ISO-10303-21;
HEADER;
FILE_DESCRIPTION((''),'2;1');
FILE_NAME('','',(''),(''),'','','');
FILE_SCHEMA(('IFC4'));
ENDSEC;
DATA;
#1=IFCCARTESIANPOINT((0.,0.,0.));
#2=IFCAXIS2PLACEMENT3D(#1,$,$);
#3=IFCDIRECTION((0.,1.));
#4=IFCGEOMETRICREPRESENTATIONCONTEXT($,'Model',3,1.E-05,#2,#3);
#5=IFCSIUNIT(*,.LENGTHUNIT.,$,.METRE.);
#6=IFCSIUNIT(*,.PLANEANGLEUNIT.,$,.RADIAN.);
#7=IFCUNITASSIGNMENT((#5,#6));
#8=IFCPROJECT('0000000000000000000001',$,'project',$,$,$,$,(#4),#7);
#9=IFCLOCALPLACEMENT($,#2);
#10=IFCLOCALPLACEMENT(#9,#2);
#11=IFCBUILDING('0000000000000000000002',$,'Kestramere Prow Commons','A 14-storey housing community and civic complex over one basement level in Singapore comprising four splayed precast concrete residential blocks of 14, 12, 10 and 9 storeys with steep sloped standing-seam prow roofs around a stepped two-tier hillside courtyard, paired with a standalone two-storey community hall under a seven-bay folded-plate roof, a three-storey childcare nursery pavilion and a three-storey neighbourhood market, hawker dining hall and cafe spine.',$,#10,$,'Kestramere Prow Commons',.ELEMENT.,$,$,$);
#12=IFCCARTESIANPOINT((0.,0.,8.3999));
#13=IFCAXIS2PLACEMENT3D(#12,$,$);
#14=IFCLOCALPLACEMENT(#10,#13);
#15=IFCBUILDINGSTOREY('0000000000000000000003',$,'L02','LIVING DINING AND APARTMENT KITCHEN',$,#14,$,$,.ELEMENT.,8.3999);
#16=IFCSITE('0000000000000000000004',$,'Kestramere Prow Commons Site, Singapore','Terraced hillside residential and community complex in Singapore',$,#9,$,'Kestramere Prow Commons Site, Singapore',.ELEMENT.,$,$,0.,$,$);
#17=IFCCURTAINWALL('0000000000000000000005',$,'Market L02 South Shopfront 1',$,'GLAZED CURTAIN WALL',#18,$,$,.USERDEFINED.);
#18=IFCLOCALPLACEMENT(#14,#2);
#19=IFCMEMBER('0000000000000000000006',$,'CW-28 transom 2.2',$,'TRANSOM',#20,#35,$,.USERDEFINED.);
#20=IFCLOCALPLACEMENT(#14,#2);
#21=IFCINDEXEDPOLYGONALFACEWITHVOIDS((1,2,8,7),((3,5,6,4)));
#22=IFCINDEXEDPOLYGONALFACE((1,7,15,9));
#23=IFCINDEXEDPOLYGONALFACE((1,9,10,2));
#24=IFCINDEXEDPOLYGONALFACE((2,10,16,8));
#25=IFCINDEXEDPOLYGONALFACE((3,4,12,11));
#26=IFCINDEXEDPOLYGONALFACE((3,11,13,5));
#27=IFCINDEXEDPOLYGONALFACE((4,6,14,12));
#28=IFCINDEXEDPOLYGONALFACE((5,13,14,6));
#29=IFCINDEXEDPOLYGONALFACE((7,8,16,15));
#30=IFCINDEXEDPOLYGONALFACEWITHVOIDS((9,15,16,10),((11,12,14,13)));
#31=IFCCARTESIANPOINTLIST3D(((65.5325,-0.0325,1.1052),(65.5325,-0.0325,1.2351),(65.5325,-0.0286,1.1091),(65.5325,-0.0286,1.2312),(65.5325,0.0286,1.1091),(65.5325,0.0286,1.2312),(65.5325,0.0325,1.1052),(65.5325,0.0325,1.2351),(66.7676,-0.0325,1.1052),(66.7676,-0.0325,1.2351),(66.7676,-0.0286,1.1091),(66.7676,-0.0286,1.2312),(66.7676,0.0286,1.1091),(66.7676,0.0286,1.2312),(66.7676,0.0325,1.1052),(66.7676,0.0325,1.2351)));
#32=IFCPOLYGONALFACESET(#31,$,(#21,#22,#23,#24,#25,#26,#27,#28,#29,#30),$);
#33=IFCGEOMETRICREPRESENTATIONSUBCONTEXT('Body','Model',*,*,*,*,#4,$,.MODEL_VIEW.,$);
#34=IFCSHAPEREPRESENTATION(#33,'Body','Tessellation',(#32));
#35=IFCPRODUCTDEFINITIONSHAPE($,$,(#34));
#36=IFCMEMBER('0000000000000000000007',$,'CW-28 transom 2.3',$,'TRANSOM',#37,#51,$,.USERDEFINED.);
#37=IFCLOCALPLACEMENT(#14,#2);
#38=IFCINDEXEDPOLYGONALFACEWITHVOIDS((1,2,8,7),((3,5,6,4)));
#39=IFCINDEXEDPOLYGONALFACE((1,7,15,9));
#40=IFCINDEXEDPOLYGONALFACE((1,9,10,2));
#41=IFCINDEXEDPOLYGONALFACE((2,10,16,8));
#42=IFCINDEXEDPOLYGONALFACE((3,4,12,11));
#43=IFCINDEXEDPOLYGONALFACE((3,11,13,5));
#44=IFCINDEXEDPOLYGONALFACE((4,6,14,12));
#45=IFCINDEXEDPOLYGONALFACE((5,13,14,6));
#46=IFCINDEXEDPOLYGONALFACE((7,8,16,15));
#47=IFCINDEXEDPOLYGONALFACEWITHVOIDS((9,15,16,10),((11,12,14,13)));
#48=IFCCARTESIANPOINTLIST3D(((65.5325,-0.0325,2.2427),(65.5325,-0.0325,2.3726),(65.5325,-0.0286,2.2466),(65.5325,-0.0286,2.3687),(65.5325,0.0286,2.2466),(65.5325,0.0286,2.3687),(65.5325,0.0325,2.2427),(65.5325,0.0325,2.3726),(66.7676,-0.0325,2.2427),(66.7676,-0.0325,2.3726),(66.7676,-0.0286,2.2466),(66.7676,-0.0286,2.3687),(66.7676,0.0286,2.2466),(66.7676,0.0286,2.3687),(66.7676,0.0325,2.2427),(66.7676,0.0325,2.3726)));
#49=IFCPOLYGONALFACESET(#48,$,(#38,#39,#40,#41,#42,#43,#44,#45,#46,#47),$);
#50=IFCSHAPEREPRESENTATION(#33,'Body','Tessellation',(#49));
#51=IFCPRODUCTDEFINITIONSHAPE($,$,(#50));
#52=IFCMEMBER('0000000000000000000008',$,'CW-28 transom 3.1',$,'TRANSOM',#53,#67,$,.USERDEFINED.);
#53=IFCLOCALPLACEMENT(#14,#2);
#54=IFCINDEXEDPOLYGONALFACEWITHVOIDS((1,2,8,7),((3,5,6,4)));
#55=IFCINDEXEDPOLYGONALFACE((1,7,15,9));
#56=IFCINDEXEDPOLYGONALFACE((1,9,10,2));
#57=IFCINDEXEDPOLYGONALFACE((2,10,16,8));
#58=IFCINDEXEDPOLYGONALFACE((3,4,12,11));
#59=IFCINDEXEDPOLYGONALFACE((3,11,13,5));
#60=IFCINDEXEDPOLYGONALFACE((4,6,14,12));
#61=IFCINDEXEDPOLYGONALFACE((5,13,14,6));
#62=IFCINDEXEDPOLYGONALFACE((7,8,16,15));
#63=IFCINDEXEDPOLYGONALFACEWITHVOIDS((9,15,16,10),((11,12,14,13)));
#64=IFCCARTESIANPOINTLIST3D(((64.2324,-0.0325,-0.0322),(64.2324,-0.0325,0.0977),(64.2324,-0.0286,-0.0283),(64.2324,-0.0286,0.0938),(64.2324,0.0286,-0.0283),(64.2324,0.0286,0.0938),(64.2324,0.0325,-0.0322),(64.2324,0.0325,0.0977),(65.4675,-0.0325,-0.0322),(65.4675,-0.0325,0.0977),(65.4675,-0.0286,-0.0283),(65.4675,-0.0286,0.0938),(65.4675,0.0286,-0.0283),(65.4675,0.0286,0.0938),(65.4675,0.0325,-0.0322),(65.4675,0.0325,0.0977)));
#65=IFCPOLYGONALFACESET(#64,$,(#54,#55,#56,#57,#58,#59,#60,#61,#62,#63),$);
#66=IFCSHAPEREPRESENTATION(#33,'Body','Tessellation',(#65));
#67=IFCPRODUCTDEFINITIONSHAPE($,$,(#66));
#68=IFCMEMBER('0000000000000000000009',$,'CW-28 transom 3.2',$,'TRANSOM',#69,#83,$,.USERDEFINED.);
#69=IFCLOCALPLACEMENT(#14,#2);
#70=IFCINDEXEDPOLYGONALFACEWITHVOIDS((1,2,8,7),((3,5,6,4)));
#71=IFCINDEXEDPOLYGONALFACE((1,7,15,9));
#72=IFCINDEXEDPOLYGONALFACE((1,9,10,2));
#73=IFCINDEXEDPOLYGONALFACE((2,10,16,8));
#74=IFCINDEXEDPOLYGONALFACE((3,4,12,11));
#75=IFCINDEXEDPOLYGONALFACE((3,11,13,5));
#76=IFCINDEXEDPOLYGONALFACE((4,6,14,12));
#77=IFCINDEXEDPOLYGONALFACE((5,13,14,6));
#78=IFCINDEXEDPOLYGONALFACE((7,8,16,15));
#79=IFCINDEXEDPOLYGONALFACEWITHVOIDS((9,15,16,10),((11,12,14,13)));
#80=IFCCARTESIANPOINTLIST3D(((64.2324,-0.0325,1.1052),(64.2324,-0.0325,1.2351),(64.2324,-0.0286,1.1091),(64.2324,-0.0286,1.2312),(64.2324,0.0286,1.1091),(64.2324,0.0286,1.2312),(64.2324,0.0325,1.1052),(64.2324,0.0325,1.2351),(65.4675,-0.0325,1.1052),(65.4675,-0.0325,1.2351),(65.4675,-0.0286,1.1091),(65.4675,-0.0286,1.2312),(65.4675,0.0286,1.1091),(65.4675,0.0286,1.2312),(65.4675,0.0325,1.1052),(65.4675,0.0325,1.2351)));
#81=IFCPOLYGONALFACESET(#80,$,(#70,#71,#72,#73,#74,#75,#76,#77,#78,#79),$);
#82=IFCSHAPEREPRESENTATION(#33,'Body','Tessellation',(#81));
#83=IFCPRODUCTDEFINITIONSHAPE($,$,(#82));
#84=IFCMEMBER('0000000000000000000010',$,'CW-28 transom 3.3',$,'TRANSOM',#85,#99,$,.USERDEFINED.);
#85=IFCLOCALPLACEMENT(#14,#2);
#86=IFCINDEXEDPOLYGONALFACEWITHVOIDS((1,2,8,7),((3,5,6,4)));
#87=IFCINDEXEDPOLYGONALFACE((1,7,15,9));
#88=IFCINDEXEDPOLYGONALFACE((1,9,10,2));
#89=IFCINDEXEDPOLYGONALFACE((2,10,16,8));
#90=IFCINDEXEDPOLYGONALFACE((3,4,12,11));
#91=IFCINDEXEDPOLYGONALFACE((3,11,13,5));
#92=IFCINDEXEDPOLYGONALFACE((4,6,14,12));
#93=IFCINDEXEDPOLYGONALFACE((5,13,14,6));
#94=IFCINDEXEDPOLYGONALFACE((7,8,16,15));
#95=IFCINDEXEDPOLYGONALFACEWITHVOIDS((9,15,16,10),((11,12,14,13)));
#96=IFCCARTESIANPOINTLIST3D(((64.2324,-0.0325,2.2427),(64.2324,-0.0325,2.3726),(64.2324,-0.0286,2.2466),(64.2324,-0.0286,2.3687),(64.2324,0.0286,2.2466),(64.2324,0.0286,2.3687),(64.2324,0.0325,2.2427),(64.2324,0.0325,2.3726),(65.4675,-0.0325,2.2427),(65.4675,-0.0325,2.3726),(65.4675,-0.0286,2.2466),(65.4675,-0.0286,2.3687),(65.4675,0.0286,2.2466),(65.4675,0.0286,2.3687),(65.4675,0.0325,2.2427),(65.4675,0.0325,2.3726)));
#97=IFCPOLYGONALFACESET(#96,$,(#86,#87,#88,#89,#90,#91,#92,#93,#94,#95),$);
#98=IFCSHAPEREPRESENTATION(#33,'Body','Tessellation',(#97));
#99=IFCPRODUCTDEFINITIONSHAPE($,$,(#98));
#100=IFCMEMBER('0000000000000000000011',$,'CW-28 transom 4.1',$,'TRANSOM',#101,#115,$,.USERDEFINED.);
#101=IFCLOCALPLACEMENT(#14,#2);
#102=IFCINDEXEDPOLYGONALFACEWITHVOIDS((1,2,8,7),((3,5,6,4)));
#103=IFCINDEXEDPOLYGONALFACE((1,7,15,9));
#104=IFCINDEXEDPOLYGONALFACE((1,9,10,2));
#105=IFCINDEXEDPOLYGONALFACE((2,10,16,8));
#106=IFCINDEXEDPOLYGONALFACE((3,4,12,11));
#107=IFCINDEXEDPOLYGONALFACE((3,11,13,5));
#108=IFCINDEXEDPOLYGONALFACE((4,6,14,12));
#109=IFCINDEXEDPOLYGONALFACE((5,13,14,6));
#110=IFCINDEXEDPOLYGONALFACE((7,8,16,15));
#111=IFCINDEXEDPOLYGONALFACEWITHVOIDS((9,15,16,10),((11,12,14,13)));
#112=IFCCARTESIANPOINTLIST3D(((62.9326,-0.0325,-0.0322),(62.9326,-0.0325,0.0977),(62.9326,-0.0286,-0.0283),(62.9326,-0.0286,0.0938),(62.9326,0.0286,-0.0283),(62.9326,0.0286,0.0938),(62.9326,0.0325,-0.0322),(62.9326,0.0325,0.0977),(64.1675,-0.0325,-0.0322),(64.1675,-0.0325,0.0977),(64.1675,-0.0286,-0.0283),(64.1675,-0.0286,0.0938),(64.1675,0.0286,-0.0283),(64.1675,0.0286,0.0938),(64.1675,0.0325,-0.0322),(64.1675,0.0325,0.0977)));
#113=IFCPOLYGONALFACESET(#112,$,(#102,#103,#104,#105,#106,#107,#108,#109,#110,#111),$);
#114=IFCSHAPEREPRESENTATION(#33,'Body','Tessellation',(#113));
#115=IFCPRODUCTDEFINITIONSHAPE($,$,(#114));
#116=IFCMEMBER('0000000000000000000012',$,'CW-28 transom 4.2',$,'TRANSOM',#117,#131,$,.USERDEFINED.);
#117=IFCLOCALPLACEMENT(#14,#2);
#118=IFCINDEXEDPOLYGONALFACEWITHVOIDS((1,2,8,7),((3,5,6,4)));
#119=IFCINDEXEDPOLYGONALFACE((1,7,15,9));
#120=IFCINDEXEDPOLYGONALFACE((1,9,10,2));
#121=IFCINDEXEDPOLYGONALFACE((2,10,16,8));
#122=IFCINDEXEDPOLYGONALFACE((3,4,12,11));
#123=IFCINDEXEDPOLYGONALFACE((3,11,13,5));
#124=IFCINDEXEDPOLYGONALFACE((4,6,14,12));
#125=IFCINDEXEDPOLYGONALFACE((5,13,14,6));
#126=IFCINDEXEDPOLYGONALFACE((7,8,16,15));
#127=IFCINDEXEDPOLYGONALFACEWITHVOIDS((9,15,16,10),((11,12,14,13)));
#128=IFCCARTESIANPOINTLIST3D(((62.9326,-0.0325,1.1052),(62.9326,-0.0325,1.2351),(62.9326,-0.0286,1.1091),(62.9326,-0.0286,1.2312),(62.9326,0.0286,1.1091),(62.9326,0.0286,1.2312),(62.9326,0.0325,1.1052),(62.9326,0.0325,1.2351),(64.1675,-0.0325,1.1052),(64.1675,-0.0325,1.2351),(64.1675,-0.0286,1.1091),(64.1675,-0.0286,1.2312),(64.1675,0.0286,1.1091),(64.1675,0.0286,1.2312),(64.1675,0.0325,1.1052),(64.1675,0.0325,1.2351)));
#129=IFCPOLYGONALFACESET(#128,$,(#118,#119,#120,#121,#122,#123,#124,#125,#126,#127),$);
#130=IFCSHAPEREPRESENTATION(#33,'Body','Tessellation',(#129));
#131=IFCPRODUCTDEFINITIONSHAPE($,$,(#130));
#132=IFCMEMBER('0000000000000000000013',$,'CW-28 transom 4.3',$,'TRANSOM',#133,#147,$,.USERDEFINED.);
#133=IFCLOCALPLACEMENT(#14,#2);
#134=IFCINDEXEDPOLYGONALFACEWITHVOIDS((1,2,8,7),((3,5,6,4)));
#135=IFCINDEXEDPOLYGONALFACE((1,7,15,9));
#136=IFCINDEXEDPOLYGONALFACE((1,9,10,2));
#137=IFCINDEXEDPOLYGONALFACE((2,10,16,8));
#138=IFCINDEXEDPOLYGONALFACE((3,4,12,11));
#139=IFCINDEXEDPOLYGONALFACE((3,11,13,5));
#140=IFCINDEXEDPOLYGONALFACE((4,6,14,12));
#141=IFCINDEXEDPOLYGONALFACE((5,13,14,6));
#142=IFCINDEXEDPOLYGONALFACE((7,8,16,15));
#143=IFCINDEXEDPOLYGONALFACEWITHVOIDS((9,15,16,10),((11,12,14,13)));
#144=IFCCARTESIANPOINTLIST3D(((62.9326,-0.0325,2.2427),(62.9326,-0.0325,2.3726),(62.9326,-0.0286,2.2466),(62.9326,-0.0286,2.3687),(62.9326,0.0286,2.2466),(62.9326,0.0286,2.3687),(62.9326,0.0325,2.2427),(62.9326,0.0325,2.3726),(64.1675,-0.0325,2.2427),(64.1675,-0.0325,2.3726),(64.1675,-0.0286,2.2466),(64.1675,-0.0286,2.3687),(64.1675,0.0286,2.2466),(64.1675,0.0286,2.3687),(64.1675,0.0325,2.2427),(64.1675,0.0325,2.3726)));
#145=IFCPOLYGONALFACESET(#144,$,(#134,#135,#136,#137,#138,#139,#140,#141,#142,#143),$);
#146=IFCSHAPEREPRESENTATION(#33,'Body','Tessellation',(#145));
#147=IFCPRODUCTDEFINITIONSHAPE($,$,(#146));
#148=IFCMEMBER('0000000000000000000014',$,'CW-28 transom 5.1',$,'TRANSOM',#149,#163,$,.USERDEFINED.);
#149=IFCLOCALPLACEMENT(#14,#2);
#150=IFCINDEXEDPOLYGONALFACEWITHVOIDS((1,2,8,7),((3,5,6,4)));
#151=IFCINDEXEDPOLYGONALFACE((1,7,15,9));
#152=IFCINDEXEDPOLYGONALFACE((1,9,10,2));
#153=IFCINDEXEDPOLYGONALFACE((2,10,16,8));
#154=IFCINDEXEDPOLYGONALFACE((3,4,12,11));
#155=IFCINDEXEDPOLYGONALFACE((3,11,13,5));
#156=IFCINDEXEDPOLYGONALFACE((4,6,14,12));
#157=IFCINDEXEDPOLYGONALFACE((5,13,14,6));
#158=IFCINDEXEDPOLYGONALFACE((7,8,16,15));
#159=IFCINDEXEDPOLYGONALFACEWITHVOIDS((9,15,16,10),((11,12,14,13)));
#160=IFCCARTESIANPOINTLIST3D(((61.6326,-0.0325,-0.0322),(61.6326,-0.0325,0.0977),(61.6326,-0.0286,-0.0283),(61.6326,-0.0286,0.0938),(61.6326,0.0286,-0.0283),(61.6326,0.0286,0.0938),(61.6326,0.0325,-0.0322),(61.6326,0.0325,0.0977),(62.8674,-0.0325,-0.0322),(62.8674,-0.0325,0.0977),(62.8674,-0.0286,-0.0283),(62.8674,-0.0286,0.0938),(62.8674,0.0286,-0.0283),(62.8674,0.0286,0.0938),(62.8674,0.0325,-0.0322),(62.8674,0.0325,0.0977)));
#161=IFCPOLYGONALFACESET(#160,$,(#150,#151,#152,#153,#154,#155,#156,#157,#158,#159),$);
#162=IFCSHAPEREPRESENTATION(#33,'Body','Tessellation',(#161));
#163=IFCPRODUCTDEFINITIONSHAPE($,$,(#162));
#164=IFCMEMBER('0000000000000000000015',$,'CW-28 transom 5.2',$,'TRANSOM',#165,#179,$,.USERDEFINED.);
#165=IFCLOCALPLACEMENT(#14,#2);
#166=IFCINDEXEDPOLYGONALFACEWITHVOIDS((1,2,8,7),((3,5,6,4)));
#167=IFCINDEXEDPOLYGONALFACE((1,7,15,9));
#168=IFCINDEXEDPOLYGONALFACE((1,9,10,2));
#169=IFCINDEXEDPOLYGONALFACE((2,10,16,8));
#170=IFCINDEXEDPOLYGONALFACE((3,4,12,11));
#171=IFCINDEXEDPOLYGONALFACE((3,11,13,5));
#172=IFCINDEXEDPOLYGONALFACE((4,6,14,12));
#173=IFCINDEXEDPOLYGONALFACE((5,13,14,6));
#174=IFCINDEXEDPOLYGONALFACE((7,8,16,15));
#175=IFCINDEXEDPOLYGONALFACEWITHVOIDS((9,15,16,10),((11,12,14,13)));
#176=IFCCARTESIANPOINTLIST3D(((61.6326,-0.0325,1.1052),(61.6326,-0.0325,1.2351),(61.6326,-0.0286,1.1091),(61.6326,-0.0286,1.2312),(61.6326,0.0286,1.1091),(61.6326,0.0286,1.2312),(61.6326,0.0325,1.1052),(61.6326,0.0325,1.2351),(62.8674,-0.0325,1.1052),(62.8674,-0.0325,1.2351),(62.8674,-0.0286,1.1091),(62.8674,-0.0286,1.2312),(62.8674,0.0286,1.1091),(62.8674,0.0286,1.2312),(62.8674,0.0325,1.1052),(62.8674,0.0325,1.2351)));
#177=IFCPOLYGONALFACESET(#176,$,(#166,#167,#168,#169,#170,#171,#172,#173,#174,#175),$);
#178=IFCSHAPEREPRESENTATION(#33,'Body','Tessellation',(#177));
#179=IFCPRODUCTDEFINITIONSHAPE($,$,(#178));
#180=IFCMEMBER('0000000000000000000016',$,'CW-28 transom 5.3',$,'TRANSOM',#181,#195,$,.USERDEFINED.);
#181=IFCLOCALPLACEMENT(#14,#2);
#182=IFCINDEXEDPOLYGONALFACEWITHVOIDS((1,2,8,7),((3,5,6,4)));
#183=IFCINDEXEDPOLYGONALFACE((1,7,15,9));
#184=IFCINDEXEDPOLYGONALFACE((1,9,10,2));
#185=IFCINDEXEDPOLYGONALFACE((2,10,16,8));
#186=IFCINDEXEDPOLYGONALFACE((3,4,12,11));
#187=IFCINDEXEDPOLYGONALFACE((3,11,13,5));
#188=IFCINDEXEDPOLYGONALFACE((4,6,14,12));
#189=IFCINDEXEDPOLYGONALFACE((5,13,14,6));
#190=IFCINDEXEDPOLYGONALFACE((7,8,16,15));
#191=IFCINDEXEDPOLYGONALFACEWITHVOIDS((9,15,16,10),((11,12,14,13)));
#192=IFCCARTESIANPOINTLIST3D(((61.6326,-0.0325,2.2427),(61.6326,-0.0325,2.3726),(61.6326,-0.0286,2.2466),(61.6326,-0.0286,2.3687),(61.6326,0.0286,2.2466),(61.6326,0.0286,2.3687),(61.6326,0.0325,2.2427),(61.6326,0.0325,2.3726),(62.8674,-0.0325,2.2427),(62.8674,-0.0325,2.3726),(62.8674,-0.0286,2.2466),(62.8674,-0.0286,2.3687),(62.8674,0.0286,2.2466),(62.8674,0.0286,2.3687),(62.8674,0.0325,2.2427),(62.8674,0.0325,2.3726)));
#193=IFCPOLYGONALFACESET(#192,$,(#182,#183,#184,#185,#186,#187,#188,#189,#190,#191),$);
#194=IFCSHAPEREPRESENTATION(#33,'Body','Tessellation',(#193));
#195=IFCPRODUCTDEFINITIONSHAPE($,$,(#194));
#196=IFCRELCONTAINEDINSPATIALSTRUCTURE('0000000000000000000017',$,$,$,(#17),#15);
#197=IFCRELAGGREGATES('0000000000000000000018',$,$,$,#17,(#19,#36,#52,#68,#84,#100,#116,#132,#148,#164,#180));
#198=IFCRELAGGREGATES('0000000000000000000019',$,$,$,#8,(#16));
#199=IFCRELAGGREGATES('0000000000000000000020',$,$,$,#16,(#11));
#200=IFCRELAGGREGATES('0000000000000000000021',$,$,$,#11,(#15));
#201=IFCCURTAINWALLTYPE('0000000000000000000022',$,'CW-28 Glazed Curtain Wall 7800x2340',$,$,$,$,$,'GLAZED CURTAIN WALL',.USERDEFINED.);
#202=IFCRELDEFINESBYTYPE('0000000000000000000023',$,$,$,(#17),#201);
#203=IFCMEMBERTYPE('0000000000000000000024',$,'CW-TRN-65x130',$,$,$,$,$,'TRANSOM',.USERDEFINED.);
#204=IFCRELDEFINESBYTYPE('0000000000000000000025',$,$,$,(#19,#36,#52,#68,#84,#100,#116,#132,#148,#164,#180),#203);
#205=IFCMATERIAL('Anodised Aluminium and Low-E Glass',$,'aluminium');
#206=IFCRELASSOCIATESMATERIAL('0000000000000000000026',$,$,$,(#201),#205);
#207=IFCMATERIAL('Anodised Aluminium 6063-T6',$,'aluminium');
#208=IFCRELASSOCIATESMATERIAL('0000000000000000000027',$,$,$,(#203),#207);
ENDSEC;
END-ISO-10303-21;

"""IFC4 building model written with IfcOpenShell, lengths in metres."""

from ifc_helpers import new_model, si_unit, direction, frame, origin, origin_2d, place, context, subcontext, project, spatial, hollow_rectangle, extrude, material, material_profile, profile_set, type_object, element, aggregate, save


model = new_model("IFC4")

# Units and contexts
model_context = context("Model", 3, precision=1e-05, world=origin(), true_north=direction((0.0, 1.0)))
body_context = subcontext(model_context, "Body", "Model", "MODEL_VIEW")
ifc_project = project(units=[si_unit("LENGTHUNIT", "METRE"), si_unit("PLANEANGLEUNIT", "RADIAN")], contexts=[model_context])

# Site, building, storey
site_placement = place(None, origin())
site = spatial("IfcSite", under=ifc_project, at=site_placement, Name="Kestramere Prow Commons Site, Singapore", Description="Terraced hillside residential and community complex in Singapore", LongName="Kestramere Prow Commons Site, Singapore", CompositionType="ELEMENT", RefElevation=0.0)
building_placement = place(site_placement, origin())
building = spatial("IfcBuilding", under=site, at=building_placement, Name="Kestramere Prow Commons", Description="A 14-storey housing community and civic complex over one basement level in Singapore comprising four splayed precast concrete residential blocks of 14, 12, 10 and 9 storeys with steep sloped standing-seam prow roofs around a stepped two-tier hillside courtyard, paired with a standalone two-storey community hall under a seven-bay folded-plate roof, a three-storey childcare nursery pavilion and a three-storey neighbourhood market, hawker dining hall and cafe spine.", LongName="Kestramere Prow Commons", CompositionType="ELEMENT")
storey_placement = place(building_placement, frame((0.0, 0.0, 8.3999)))
storey = spatial("IfcBuildingStorey", under=building, at=storey_placement, Name="L02", Description="LIVING DINING AND APARTMENT KITCHEN", CompositionType="ELEMENT", Elevation=8.3999)

# Curtain wall, members
ifc_material_1 = material(Name="Anodised Aluminium and Low-E Glass", Category="aluminium")
curtain_wall_type = type_object("IfcCurtainWallType", Name="CW-28 Glazed Curtain Wall 7800x2340", ElementType="GLAZED CURTAIN WALL", PredefinedType="USERDEFINED", material=ifc_material_1)
curtain_wall_placement = place(storey_placement, origin())
curtain_wall = element("IfcCurtainWall", 1, at=curtain_wall_placement, inside=storey, type_object=curtain_wall_type, Name="Market L02 South Shopfront 1", ObjectType="GLAZED CURTAIN WALL", PredefinedType="USERDEFINED")
ifc_material_2 = material(Name="Anodised Aluminium 6063-T6", Category="aluminium")
ifc_material_profile_1 = material_profile(ifc_material_2, hollow_rectangle(XDim=0.0649, YDim=0.1299, WallThickness=0.0039, at=origin_2d()), Name="ALU-TRN 65x130")
ifc_profile_set_1 = profile_set([ifc_material_profile_1], Name="Anodised Aluminium 6063-T6")
member_type_1 = type_object("IfcMemberType", Name="CW-TRN-65x130", ElementType="TRANSOM", PredefinedType="USERDEFINED", material=ifc_profile_set_1)
member_1_placement = place(storey_placement, frame((66.7676, 0.0, 1.1702), z_axis=(-1.0, 0.0, 0.0), x_axis=(0.0, -1.0, 0.0)))
member_1 = element("IfcMember", 2, at=member_1_placement, type_object=member_type_1, Name="CW-28 transom 2.2", ObjectType="TRANSOM", PredefinedType="USERDEFINED", context=body_context, shape_type="SweptSolid", body=[
    extrude(hollow_rectangle(XDim=0.0649, YDim=0.1299, WallThickness=0.0039, at=origin_2d()), origin(), (0.0, 0.0, 1.0), 1.2351),
])
member_2_placement = place(storey_placement, frame((66.7676, 0.0, 2.3076), z_axis=(-1.0, 0.0, 0.0), x_axis=(0.0, -1.0, 0.0)))
member_2 = element("IfcMember", 3, at=member_2_placement, type_object=member_type_1, Name="CW-28 transom 2.3", ObjectType="TRANSOM", PredefinedType="USERDEFINED", context=body_context, shape_type="SweptSolid", body=[
    extrude(hollow_rectangle(XDim=0.0649, YDim=0.1299, WallThickness=0.0039, at=origin_2d()), origin(), (0.0, 0.0, 1.0), 1.2351),
])
member_3_placement = place(storey_placement, frame((65.4675, 0.0, 0.0327), z_axis=(-1.0, 0.0, 0.0), x_axis=(0.0, -1.0, 0.0)))
member_3 = element("IfcMember", 4, at=member_3_placement, type_object=member_type_1, Name="CW-28 transom 3.1", ObjectType="TRANSOM", PredefinedType="USERDEFINED", context=body_context, shape_type="SweptSolid", body=[
    extrude(hollow_rectangle(XDim=0.0649, YDim=0.1299, WallThickness=0.0039, at=origin_2d()), origin(), (0.0, 0.0, 1.0), 1.2351),
])
member_4_placement = place(storey_placement, frame((65.4675, 0.0, 1.1702), z_axis=(-1.0, 0.0, 0.0), x_axis=(0.0, -1.0, 0.0)))
member_4 = element("IfcMember", 5, at=member_4_placement, type_object=member_type_1, Name="CW-28 transom 3.2", ObjectType="TRANSOM", PredefinedType="USERDEFINED", context=body_context, shape_type="SweptSolid", body=[
    extrude(hollow_rectangle(XDim=0.0649, YDim=0.1299, WallThickness=0.0039, at=origin_2d()), origin(), (0.0, 0.0, 1.0), 1.2351),
])
member_5_placement = place(storey_placement, frame((65.4675, 0.0, 2.3076), z_axis=(-1.0, 0.0, 0.0), x_axis=(0.0, -1.0, 0.0)))
member_5 = element("IfcMember", 6, at=member_5_placement, type_object=member_type_1, Name="CW-28 transom 3.3", ObjectType="TRANSOM", PredefinedType="USERDEFINED", context=body_context, shape_type="SweptSolid", body=[
    extrude(hollow_rectangle(XDim=0.0649, YDim=0.1299, WallThickness=0.0039, at=origin_2d()), origin(), (0.0, 0.0, 1.0), 1.2351),
])
member_6_placement = place(storey_placement, frame((64.1675, 0.0, 0.0327), z_axis=(-1.0, 0.0, 0.0), x_axis=(0.0, -1.0, 0.0)))
member_6 = element("IfcMember", 7, at=member_6_placement, type_object=member_type_1, Name="CW-28 transom 4.1", ObjectType="TRANSOM", PredefinedType="USERDEFINED", context=body_context, shape_type="SweptSolid", body=[
    extrude(hollow_rectangle(XDim=0.0649, YDim=0.1299, WallThickness=0.0039, at=origin_2d()), origin(), (0.0, 0.0, 1.0), 1.2349),
])
member_7_placement = place(storey_placement, frame((64.1675, 0.0, 1.1702), z_axis=(-1.0, 0.0, 0.0), x_axis=(0.0, -1.0, 0.0)))
member_7 = element("IfcMember", 8, at=member_7_placement, type_object=member_type_1, Name="CW-28 transom 4.2", ObjectType="TRANSOM", PredefinedType="USERDEFINED", context=body_context, shape_type="SweptSolid", body=[
    extrude(hollow_rectangle(XDim=0.0649, YDim=0.1299, WallThickness=0.0039, at=origin_2d()), origin(), (0.0, 0.0, 1.0), 1.2349),
])
member_8_placement = place(storey_placement, frame((64.1675, 0.0, 2.3076), z_axis=(-1.0, 0.0, 0.0), x_axis=(0.0, -1.0, 0.0)))
member_8 = element("IfcMember", 9, at=member_8_placement, type_object=member_type_1, Name="CW-28 transom 4.3", ObjectType="TRANSOM", PredefinedType="USERDEFINED", context=body_context, shape_type="SweptSolid", body=[
    extrude(hollow_rectangle(XDim=0.0649, YDim=0.1299, WallThickness=0.0039, at=origin_2d()), origin(), (0.0, 0.0, 1.0), 1.2349),
])
member_9_placement = place(storey_placement, frame((62.8674, 0.0, 0.0327), z_axis=(-1.0, 0.0, 0.0), x_axis=(0.0, -1.0, 0.0)))
member_9 = element("IfcMember", 10, at=member_9_placement, type_object=member_type_1, Name="CW-28 transom 5.1", ObjectType="TRANSOM", PredefinedType="USERDEFINED", context=body_context, shape_type="SweptSolid", body=[
    extrude(hollow_rectangle(XDim=0.0649, YDim=0.1299, WallThickness=0.0039, at=origin_2d()), origin(), (0.0, 0.0, 1.0), 1.2349),
])
member_10_placement = place(storey_placement, frame((62.8674, 0.0, 1.1702), z_axis=(-1.0, 0.0, 0.0), x_axis=(0.0, -1.0, 0.0)))
member_10 = element("IfcMember", 11, at=member_10_placement, type_object=member_type_1, Name="CW-28 transom 5.2", ObjectType="TRANSOM", PredefinedType="USERDEFINED", context=body_context, shape_type="SweptSolid", body=[
    extrude(hollow_rectangle(XDim=0.0649, YDim=0.1299, WallThickness=0.0039, at=origin_2d()), origin(), (0.0, 0.0, 1.0), 1.2349),
])
member_11_placement = place(storey_placement, frame((62.8674, 0.0, 2.3076), z_axis=(-1.0, 0.0, 0.0), x_axis=(0.0, -1.0, 0.0)))
member_11 = element("IfcMember", 12, at=member_11_placement, type_object=member_type_1, Name="CW-28 transom 5.3", ObjectType="TRANSOM", PredefinedType="USERDEFINED", context=body_context, shape_type="SweptSolid", body=[
    extrude(hollow_rectangle(XDim=0.0649, YDim=0.1299, WallThickness=0.0039, at=origin_2d()), origin(), (0.0, 0.0, 1.0), 1.2349),
])

aggregate(curtain_wall, [member_1, member_2, member_3, member_4, member_5, member_6, member_7, member_8, member_9, member_10, member_11])

save(model, "model.ifc")
